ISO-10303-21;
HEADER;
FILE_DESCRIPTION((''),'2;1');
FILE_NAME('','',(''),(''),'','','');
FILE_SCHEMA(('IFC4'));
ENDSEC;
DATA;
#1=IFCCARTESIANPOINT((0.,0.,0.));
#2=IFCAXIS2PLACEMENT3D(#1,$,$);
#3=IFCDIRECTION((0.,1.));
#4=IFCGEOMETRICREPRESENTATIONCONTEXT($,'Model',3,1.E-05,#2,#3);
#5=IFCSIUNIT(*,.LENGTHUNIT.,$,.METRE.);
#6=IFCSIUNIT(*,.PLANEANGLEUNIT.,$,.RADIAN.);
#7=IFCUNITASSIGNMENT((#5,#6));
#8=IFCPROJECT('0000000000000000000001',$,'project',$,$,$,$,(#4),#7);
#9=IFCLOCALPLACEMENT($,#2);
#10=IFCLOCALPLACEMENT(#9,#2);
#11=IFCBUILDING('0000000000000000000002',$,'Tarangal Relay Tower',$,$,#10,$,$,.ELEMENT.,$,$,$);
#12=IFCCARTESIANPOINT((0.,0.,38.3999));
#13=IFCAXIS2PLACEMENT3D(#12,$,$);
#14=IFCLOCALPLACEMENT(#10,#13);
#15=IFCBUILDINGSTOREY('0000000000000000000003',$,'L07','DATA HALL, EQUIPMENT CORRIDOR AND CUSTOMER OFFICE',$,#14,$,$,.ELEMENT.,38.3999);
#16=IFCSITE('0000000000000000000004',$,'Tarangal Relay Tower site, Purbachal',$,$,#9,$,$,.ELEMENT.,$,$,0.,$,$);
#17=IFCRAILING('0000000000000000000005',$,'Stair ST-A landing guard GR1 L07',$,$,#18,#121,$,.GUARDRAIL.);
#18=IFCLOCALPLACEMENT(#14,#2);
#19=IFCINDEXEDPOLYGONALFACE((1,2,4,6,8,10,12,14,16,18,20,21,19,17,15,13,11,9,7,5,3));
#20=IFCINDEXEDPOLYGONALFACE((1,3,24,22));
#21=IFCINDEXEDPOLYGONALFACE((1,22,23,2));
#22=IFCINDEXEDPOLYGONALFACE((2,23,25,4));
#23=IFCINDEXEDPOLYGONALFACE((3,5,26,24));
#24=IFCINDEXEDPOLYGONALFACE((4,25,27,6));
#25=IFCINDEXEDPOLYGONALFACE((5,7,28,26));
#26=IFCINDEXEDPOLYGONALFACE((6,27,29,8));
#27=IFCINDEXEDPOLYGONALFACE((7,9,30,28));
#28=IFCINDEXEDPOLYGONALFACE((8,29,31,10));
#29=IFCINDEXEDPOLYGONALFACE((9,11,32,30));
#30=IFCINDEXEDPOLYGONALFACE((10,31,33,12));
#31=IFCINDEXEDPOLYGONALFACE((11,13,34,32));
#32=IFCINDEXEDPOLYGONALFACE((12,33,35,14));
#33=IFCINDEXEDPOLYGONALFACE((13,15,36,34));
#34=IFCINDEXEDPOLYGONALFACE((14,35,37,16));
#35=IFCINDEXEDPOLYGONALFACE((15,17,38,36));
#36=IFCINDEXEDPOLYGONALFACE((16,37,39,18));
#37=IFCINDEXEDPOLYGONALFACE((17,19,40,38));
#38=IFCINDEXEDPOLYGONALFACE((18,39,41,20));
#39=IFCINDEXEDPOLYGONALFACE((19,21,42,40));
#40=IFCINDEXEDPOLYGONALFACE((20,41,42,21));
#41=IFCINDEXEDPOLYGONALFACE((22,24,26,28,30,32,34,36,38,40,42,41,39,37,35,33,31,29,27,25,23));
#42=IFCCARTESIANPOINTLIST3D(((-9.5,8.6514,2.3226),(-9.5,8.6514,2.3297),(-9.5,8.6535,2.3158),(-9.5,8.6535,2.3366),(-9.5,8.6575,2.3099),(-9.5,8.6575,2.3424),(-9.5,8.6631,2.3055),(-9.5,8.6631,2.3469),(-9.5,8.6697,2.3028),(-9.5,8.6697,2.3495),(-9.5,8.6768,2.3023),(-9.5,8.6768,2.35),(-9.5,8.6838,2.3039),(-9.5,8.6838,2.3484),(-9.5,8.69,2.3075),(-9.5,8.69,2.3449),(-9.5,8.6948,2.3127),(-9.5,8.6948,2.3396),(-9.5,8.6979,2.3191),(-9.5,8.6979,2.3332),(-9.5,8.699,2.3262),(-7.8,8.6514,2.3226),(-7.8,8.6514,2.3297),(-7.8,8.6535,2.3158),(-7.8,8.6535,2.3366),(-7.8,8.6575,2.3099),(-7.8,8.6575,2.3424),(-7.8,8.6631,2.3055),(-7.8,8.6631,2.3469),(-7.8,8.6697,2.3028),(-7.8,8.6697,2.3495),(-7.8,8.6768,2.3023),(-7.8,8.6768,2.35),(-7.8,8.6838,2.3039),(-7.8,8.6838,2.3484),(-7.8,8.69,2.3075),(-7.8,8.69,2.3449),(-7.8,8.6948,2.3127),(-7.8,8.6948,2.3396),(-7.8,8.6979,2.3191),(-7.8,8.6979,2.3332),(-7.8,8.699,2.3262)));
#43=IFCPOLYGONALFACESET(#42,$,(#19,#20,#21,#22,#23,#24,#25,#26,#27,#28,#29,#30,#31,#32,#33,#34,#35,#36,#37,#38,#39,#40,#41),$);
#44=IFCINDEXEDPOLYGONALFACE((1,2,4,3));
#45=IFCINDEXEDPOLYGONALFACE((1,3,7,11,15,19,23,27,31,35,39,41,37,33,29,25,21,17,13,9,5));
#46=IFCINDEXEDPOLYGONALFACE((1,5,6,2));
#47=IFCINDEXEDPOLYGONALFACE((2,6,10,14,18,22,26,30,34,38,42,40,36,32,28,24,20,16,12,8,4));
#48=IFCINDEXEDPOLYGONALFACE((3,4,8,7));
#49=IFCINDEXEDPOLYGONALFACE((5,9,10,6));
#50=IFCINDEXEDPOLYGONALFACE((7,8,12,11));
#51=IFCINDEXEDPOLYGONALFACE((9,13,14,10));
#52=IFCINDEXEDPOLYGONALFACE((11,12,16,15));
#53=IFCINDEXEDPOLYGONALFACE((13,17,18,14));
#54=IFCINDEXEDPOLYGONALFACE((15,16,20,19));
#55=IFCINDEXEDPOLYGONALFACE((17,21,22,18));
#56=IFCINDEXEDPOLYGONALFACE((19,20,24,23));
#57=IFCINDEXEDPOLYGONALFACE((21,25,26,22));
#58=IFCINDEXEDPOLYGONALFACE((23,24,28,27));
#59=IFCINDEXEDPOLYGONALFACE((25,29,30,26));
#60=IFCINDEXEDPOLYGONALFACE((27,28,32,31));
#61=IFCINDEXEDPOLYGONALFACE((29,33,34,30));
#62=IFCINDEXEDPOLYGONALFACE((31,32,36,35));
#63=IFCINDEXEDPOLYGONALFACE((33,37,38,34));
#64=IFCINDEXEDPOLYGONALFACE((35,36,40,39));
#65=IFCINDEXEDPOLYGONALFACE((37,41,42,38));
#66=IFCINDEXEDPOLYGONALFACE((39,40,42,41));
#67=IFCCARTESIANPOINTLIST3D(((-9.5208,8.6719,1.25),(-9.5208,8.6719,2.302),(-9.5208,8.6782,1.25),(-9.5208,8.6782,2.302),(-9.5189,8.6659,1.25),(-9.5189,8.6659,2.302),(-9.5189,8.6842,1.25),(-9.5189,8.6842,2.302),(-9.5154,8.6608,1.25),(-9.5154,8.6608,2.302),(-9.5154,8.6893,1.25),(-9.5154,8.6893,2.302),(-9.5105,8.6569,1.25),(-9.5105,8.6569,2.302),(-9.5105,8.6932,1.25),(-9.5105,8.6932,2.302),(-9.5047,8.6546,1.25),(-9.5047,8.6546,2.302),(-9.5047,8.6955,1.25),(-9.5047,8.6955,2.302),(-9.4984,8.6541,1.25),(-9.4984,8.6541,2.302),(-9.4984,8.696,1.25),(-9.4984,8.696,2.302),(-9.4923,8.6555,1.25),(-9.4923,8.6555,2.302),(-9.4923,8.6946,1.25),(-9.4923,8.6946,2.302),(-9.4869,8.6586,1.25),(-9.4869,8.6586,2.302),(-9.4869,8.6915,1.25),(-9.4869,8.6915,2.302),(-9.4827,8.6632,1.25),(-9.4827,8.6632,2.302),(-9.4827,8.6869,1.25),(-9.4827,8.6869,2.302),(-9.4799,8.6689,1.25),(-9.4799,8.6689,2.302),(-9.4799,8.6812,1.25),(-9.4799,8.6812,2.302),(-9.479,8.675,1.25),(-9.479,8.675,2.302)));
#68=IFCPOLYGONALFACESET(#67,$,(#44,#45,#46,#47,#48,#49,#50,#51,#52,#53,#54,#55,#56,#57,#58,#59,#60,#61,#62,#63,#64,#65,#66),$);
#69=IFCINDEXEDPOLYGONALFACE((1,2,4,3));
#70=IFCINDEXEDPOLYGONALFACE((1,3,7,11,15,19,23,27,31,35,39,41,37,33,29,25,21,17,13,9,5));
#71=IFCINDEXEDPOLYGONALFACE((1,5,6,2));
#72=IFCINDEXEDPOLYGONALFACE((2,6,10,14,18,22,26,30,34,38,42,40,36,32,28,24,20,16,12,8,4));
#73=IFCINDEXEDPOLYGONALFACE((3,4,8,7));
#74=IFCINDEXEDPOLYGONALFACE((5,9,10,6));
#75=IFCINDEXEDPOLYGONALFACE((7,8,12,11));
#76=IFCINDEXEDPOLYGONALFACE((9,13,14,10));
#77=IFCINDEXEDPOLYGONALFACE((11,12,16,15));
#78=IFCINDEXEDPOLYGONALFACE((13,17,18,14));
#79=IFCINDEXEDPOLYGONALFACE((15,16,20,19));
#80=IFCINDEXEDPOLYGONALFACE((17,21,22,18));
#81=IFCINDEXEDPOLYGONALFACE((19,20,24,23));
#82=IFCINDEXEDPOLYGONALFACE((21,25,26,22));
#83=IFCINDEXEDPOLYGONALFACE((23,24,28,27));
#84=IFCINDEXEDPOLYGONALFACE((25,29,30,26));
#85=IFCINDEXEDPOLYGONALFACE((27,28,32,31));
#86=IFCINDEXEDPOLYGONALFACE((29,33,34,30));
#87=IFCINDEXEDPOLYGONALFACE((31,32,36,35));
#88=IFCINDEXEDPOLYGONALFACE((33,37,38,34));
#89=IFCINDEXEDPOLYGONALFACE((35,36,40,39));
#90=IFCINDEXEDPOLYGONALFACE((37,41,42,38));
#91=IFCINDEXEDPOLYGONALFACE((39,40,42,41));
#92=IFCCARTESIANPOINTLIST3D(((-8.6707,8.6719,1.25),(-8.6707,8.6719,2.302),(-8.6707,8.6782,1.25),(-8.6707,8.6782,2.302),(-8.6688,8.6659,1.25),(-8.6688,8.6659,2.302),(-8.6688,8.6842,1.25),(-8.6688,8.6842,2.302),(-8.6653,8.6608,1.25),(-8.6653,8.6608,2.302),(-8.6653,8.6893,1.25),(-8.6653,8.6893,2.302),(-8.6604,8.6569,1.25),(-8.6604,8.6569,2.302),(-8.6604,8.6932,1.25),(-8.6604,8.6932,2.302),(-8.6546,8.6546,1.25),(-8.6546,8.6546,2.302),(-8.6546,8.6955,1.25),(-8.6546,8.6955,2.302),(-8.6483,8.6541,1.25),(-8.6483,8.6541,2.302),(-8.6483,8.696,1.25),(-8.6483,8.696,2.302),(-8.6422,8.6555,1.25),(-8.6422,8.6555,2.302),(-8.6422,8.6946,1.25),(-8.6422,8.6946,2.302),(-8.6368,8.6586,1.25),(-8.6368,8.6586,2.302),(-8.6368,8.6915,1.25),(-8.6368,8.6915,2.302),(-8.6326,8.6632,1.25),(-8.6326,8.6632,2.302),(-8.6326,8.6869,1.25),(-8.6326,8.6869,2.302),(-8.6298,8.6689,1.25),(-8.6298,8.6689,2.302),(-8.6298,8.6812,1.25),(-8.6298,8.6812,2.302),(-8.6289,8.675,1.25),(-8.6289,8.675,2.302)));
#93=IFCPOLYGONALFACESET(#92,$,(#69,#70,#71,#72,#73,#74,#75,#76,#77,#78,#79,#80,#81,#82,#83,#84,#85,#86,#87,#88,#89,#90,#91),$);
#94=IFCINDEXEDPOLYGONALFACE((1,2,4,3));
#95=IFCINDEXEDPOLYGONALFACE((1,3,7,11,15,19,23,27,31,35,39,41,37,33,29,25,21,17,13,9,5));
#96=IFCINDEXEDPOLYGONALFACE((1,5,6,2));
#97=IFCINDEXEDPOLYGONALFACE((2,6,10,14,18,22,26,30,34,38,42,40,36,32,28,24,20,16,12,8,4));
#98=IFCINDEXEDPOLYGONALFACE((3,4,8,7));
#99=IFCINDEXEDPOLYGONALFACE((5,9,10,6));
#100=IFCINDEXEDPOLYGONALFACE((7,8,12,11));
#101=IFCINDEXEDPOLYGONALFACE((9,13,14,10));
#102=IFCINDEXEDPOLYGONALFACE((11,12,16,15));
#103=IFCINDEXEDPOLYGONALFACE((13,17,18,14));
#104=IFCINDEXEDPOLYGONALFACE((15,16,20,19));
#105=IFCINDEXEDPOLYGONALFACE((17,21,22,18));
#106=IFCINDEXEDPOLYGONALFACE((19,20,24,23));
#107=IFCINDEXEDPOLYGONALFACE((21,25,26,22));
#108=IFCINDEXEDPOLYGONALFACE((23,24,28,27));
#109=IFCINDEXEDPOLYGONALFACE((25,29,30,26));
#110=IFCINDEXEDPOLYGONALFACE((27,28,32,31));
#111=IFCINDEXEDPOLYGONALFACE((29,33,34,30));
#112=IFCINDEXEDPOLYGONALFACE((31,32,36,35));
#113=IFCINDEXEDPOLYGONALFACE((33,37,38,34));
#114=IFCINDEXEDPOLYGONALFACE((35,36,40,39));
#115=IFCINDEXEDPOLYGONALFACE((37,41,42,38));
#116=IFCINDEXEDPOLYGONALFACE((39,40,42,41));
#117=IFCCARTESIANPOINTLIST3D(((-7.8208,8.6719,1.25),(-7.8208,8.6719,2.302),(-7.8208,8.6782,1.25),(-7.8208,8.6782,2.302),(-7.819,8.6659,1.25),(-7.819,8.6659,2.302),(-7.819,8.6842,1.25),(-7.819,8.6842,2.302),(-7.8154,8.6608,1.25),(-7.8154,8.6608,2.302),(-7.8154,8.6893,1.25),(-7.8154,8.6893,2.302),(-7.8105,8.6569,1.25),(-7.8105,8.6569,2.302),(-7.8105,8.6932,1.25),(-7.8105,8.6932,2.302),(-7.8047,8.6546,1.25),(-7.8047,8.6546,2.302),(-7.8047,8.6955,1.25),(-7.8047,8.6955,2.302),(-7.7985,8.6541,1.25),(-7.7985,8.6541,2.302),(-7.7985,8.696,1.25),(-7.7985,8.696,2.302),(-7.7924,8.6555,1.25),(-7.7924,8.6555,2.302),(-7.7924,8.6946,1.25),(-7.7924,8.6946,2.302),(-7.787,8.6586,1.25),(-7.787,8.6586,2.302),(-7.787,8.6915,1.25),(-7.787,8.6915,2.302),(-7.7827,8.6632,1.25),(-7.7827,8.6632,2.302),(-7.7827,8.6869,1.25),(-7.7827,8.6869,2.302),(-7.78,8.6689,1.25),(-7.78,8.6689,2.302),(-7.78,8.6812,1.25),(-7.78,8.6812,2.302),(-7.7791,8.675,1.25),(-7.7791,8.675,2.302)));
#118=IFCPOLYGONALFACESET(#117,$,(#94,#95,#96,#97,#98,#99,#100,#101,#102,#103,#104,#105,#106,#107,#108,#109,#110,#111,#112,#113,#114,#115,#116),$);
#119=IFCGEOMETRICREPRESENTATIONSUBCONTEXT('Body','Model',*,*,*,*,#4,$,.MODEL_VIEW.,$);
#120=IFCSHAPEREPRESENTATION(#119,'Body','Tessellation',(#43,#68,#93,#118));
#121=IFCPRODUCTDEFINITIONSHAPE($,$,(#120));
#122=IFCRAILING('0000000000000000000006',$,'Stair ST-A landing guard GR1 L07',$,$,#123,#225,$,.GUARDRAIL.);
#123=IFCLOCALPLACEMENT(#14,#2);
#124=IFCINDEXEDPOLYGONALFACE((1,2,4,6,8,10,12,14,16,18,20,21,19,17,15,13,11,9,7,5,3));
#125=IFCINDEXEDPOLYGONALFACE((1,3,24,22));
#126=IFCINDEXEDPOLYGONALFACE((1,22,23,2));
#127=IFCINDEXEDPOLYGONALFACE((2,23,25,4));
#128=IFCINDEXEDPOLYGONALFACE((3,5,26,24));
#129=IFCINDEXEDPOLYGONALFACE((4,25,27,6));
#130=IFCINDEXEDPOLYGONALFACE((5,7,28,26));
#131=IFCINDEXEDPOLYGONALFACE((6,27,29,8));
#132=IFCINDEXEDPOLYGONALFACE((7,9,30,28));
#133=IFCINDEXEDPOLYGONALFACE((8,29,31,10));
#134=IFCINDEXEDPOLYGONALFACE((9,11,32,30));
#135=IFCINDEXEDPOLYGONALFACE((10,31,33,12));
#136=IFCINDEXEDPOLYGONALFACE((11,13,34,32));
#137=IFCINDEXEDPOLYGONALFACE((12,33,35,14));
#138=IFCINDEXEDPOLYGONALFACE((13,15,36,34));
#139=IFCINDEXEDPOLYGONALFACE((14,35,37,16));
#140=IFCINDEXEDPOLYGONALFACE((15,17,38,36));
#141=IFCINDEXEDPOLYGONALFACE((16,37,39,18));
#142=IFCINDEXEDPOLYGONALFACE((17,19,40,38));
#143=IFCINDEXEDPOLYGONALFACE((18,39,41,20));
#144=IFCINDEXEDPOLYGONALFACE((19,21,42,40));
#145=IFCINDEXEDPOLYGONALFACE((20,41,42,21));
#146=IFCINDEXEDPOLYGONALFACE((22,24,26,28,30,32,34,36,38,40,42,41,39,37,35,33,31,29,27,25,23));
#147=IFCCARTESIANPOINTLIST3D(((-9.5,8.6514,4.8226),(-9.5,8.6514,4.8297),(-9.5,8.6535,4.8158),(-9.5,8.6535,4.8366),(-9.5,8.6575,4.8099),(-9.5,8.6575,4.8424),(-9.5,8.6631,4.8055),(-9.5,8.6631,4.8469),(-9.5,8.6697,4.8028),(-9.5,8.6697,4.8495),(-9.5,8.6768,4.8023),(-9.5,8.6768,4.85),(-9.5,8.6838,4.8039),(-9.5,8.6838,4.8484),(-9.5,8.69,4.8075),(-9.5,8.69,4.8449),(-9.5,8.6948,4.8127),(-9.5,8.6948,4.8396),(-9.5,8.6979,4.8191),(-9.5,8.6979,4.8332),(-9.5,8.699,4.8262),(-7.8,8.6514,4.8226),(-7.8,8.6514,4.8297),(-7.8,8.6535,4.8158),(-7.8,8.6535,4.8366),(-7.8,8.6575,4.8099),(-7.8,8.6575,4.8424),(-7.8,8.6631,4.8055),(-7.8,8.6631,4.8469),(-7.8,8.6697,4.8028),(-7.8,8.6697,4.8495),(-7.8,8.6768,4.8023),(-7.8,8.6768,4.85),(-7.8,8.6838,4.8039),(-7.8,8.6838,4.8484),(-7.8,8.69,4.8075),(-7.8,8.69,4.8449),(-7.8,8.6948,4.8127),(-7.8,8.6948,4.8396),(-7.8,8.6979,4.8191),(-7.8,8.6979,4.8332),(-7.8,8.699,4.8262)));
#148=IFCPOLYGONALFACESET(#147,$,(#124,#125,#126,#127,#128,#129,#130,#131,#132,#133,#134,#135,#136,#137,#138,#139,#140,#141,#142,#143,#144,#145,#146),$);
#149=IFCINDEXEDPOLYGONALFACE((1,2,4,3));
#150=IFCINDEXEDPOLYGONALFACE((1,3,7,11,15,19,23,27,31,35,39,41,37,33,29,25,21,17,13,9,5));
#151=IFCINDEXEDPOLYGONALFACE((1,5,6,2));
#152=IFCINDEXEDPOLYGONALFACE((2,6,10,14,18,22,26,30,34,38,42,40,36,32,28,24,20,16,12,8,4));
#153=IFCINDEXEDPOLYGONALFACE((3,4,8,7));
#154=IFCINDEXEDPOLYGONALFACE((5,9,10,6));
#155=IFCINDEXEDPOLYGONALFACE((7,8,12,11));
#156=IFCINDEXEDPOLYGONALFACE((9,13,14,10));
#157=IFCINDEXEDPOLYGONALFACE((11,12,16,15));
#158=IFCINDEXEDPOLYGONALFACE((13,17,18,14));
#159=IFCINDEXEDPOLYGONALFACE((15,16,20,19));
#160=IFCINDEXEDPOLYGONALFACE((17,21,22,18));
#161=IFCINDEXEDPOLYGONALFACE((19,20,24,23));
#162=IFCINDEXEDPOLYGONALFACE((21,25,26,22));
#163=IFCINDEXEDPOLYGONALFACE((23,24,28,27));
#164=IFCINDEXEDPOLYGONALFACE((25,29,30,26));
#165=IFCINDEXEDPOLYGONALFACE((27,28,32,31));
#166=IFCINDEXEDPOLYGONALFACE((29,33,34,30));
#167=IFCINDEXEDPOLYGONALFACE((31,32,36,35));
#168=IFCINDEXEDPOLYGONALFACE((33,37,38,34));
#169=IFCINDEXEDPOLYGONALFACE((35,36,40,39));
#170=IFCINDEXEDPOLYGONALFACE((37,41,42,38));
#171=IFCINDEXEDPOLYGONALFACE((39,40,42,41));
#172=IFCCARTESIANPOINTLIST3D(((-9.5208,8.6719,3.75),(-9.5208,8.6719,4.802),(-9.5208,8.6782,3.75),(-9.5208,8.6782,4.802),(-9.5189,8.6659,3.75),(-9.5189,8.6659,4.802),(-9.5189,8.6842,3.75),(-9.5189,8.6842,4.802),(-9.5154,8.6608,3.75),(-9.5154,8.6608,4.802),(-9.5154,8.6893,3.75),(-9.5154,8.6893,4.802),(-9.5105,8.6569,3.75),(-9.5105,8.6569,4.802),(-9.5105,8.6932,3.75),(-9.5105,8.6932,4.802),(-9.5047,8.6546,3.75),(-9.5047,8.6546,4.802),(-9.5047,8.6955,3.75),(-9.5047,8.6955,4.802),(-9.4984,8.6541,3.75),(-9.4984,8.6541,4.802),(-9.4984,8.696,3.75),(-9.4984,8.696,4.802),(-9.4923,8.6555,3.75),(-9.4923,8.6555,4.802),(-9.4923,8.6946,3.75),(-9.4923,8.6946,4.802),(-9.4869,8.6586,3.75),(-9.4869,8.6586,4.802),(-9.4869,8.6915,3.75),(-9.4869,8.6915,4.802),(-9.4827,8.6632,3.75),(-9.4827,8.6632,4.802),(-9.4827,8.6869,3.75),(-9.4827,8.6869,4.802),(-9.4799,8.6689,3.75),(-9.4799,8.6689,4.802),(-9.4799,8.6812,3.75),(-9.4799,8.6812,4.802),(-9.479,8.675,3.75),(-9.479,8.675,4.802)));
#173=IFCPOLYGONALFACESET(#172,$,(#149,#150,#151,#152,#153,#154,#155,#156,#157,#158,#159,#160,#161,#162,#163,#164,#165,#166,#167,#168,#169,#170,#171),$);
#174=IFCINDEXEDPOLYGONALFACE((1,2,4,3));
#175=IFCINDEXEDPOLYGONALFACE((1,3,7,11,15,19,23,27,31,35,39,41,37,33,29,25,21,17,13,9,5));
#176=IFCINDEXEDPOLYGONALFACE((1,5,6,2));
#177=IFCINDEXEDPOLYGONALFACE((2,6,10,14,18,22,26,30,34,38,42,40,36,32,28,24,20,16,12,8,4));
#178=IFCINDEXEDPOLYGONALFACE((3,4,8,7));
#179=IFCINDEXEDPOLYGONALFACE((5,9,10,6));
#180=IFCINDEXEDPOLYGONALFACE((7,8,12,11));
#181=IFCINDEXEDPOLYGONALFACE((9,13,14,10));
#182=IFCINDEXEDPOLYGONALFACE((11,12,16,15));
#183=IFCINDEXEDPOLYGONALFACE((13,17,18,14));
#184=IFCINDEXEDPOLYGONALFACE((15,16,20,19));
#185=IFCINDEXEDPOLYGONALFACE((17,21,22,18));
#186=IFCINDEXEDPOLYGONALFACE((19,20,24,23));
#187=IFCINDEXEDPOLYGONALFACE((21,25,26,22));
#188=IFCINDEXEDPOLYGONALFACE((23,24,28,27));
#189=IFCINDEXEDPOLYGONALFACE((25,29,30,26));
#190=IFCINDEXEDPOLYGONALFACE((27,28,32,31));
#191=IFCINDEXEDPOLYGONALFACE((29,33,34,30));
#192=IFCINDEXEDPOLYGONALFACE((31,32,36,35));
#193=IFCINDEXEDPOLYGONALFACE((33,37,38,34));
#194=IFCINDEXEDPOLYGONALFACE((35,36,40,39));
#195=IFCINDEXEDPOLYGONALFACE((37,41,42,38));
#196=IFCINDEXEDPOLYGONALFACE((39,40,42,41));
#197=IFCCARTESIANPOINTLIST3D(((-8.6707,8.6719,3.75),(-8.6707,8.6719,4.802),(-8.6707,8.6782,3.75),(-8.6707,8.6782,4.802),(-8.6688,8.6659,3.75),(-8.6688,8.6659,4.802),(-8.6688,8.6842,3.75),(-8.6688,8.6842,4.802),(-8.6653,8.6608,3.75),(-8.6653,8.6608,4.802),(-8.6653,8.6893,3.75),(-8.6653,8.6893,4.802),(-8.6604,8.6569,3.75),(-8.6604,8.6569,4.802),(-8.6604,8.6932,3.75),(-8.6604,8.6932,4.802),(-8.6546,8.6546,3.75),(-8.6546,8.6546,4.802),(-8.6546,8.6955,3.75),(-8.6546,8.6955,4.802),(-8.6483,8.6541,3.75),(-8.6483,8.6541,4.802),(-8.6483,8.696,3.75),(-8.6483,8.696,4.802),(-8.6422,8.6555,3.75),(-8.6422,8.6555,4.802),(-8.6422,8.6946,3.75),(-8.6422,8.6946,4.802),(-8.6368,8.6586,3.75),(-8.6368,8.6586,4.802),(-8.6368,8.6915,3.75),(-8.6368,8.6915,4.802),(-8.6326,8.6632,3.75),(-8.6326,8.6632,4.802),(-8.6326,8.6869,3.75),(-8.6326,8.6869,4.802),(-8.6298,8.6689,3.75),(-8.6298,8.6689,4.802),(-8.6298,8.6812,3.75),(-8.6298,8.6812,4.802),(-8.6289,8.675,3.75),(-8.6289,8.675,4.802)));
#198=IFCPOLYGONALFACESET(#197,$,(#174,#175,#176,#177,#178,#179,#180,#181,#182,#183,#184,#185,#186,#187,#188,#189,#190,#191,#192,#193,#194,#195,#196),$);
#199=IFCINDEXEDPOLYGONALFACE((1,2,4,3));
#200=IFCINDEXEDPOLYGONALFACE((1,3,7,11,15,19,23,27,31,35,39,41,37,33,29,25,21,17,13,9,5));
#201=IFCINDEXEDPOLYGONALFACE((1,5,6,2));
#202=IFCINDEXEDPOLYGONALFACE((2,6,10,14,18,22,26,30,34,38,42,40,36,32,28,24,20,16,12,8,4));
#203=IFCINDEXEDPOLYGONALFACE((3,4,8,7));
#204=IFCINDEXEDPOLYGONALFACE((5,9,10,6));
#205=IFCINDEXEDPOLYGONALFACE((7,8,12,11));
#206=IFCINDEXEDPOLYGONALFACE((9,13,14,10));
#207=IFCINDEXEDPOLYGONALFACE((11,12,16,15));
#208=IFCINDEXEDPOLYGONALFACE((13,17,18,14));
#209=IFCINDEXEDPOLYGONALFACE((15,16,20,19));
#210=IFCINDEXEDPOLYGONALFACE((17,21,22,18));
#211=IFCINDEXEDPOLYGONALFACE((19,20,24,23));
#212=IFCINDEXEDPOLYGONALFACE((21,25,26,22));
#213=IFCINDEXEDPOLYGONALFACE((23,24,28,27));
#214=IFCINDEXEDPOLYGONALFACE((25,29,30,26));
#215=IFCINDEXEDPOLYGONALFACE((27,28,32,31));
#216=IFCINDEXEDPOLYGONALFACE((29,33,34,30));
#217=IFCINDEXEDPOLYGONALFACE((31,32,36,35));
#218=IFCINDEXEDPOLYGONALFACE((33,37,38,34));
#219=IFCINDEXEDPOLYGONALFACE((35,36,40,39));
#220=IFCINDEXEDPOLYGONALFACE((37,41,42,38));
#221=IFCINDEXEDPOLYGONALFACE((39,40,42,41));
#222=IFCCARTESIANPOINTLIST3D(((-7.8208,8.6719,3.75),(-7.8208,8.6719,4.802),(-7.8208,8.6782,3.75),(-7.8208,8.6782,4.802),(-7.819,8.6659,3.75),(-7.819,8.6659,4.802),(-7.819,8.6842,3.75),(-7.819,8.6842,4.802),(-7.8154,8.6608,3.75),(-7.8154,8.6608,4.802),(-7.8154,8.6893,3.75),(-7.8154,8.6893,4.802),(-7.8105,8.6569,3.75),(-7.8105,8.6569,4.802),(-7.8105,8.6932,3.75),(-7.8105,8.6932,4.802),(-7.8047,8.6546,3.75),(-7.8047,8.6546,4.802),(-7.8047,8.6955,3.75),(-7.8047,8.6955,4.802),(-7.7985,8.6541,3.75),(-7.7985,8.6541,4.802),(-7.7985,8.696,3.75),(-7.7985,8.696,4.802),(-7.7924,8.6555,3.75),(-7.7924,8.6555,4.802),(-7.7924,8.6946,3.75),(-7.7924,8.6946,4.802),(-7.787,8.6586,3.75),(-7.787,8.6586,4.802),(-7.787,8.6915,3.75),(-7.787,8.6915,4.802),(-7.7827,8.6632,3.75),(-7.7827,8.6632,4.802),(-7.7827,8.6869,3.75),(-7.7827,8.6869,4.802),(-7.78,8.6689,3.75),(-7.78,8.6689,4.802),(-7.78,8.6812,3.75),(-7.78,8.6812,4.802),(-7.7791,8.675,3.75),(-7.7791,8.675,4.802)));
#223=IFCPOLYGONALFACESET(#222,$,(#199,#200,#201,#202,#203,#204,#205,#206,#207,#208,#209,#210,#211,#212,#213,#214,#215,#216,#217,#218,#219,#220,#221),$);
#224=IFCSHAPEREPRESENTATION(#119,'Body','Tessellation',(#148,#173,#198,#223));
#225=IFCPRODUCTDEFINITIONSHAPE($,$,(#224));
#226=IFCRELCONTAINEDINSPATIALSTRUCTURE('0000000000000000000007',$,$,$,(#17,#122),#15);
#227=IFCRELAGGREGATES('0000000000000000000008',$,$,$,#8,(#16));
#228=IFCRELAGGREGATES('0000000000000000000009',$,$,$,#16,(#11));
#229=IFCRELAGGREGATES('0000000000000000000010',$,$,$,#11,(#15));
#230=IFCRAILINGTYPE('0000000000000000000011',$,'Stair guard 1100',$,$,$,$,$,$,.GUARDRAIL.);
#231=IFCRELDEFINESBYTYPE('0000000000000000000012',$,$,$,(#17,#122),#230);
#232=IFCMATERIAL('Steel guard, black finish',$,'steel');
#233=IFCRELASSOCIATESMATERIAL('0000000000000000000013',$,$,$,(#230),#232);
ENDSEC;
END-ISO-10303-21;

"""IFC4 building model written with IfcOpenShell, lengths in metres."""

from ifc_helpers import new_model, si_unit, direction, frame, origin, origin_2d, place, context, subcontext, project, spatial, circle, extrude, material, type_object, element, save


model = new_model("IFC4")

# Units and contexts
model_context = context("Model", 3, precision=1e-05, world=origin(), true_north=direction((0.0, 1.0)))
body_context = subcontext(model_context, "Body", "Model", "MODEL_VIEW")
ifc_project = project(units=[si_unit("LENGTHUNIT", "METRE"), si_unit("PLANEANGLEUNIT", "RADIAN")], contexts=[model_context])

# Site, building, storey
site_placement = place(None, origin())
site = spatial("IfcSite", under=ifc_project, at=site_placement, Name="Tarangal Relay Tower site, Purbachal", CompositionType="ELEMENT", RefElevation=0.0)
building_placement = place(site_placement, origin())
building = spatial("IfcBuilding", under=site, at=building_placement, Name="Tarangal Relay Tower", CompositionType="ELEMENT")
storey_placement = place(building_placement, frame((0.0, 0.0, 38.3999)))
storey = spatial("IfcBuildingStorey", under=building, at=storey_placement, Name="L07", Description="DATA HALL, EQUIPMENT CORRIDOR AND CUSTOMER OFFICE", CompositionType="ELEMENT", Elevation=38.3999)

# Railings
ifc_material_1 = material(Name="Steel guard, black finish", Category="steel")
railing_type = type_object("IfcRailingType", Name="Stair guard 1100", PredefinedType="GUARDRAIL", material=ifc_material_1)
for number, where, name in (
    (1, (-9.5, 8.675, 1.25), "Stair ST-A landing guard GR1 L07"),
    (2, (-9.5, 8.675, 3.75), "Stair ST-A landing guard GR1 L07"),
):
    element("IfcRailing", number, at=place(storey_placement, frame(where)), inside=storey, type_object=railing_type, Name=name, PredefinedType="GUARDRAIL", context=body_context, shape_type="SweptSolid", body=[
        extrude(circle(Radius=0.0239, at=origin_2d()), frame((0.0, 0.0, 1.0762), z_axis=(1.0, 0.0, 0.0), x_axis=(0.0, 1.0, 0.0)), (0.0, 0.0, 1.0), 1.7),
        extrude(circle(Radius=0.021, at=origin_2d()), origin(), (0.0, 0.0, 1.0), 1.052),
        extrude(circle(Radius=0.021, at=origin_2d()), frame((0.8501, 0.0, 0.0)), (0.0, 0.0, 1.0), 1.052),
        extrude(circle(Radius=0.021, at=origin_2d()), frame((1.7, 0.0, 0.0)), (0.0, 0.0, 1.0), 1.052),
    ])

save(model, "model.ifc")
